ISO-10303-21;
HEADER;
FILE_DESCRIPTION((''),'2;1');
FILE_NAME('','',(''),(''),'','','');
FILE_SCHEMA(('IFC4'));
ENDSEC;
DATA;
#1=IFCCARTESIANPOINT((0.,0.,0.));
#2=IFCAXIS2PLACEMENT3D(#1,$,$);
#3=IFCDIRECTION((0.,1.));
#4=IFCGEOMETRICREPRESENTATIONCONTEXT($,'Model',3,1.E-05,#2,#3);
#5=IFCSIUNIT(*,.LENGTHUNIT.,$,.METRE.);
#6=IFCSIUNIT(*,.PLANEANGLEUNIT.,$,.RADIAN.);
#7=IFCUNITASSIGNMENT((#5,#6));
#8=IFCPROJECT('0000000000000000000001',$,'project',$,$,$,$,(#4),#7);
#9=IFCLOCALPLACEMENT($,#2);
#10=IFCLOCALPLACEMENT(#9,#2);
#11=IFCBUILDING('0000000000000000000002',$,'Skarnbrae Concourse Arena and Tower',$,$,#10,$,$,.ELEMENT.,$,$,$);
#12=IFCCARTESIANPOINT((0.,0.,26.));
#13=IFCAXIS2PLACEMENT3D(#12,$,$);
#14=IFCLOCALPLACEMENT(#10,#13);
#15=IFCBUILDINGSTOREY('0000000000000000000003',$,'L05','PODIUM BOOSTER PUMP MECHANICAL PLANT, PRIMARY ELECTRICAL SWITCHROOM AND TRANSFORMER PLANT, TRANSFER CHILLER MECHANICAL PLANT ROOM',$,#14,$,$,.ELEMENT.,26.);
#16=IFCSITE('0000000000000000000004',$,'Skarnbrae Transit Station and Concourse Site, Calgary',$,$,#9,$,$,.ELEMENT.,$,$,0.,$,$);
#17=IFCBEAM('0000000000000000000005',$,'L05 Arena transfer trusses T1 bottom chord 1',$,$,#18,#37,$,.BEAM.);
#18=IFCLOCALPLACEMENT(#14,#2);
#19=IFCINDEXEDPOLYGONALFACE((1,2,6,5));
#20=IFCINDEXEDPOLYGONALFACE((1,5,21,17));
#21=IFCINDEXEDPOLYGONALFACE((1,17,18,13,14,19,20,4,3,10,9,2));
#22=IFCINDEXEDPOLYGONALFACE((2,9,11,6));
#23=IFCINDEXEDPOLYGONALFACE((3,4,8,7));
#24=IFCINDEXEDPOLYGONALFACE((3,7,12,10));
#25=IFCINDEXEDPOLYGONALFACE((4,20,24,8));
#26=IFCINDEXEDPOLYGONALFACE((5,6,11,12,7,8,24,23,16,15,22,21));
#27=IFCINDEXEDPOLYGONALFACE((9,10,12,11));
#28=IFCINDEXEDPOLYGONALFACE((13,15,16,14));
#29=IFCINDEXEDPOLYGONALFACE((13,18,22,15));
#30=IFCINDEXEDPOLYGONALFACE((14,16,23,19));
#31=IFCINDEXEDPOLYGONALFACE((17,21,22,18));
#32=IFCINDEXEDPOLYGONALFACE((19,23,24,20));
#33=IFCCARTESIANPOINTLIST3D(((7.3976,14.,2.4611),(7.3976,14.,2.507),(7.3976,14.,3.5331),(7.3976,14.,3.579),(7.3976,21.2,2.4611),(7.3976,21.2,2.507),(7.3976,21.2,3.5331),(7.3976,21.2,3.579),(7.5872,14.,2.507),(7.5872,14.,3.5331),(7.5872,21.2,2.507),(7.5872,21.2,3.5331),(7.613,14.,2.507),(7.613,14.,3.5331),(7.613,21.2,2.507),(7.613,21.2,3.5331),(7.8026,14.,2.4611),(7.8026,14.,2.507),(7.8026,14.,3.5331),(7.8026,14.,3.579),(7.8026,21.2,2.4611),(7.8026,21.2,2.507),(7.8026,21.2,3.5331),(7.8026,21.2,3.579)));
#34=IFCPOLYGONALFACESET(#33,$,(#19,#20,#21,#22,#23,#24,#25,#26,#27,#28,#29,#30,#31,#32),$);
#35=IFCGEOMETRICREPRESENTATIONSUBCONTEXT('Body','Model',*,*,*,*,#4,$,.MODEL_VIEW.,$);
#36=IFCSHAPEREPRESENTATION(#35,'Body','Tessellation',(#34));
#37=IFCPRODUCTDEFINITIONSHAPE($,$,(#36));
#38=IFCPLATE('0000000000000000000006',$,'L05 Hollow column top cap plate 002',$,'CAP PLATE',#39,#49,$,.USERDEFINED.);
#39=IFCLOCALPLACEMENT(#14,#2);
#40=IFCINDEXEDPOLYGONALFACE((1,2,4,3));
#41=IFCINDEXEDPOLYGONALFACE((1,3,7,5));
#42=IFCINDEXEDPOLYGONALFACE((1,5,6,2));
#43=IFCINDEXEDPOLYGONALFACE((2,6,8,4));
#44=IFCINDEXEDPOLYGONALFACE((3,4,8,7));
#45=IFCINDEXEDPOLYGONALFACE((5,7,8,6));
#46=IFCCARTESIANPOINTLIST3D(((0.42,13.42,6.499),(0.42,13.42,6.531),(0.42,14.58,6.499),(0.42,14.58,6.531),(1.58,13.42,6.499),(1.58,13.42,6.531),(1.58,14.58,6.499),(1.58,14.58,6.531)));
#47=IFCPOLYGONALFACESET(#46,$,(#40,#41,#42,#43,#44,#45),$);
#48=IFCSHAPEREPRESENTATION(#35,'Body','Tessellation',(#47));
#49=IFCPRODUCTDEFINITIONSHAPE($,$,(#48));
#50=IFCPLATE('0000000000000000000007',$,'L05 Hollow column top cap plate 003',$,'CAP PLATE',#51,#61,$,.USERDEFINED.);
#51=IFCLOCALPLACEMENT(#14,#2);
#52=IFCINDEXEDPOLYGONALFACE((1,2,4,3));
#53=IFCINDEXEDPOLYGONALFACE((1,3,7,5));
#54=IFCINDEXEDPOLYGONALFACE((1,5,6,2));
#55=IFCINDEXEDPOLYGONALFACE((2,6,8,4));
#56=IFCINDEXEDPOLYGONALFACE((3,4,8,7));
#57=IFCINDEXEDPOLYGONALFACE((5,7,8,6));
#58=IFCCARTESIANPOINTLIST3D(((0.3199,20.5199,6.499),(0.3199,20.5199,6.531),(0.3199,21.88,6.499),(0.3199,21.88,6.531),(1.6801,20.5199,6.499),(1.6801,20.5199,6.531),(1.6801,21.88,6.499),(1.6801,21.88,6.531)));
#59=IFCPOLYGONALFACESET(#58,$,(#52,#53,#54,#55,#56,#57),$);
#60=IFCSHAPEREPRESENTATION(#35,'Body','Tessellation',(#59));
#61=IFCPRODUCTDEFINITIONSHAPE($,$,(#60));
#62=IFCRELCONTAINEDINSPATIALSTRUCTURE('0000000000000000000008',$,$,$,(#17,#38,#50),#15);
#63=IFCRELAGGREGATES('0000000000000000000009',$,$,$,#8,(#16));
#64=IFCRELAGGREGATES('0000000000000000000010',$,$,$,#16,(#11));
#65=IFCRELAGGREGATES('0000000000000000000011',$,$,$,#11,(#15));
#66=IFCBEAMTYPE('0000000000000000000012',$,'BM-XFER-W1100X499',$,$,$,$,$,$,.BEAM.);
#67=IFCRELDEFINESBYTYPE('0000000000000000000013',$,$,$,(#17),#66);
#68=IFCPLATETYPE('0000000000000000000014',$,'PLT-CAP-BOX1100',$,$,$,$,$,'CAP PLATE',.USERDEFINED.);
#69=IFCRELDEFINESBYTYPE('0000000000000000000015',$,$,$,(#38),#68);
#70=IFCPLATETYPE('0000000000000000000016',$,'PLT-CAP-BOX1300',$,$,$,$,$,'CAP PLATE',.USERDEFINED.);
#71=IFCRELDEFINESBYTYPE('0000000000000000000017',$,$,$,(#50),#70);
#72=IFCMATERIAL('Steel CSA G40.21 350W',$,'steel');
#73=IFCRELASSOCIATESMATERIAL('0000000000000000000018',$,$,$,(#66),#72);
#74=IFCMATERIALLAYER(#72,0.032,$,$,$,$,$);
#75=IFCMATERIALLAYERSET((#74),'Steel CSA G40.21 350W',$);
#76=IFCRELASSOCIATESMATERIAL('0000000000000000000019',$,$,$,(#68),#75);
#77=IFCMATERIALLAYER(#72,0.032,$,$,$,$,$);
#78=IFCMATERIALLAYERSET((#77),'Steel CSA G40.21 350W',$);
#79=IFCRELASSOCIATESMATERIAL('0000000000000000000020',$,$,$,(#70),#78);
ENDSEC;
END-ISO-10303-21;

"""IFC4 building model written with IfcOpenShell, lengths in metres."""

from ifc_helpers import new_model, si_unit, direction, frame, origin, origin_2d, place, context, subcontext, project, spatial, rectangle, i_section, extrude, source, transform, mapped, material, layer, layer_set, material_profile, profile_set, type_object, element, save


model = new_model("IFC4")

# Units and contexts
model_context = context("Model", 3, precision=1e-05, world=origin(), true_north=direction((0.0, 1.0)))
body_context = subcontext(model_context, "Body", "Model", "MODEL_VIEW")
ifc_project = project(units=[si_unit("LENGTHUNIT", "METRE"), si_unit("PLANEANGLEUNIT", "RADIAN")], contexts=[model_context])

# Site, building, storey
site_placement = place(None, origin())
site = spatial("IfcSite", under=ifc_project, at=site_placement, Name="Skarnbrae Transit Station and Concourse Site, Calgary", CompositionType="ELEMENT", RefElevation=0.0)
building_placement = place(site_placement, origin())
building = spatial("IfcBuilding", under=site, at=building_placement, Name="Skarnbrae Concourse Arena and Tower", CompositionType="ELEMENT")
storey_placement = place(building_placement, frame((0.0, 0.0, 26.0)))
storey = spatial("IfcBuildingStorey", under=building, at=storey_placement, Name="L05", Description="PODIUM BOOSTER PUMP MECHANICAL PLANT, PRIMARY ELECTRICAL SWITCHROOM AND TRANSFORMER PLANT, TRANSFER CHILLER MECHANICAL PLANT ROOM", CompositionType="ELEMENT", Elevation=26.0)

# Shared definitions
ifc_material_1 = material(Name="Steel CSA G40.21 350W", Category="steel")

# Beam
ifc_material_profile_1 = material_profile(ifc_material_1, i_section(OverallWidth=0.405, OverallDepth=1.1179, WebThickness=0.0259, FlangeThickness=0.0459, at=origin_2d()), Name="W1100X499")
ifc_profile_set_1 = profile_set([ifc_material_profile_1], Name="Steel CSA G40.21 350W")
beam_type = type_object("IfcBeamType", Name="BM-XFER-W1100X499", PredefinedType="BEAM", material=ifc_profile_set_1)
shared_shape_1 = source(origin(), body_context, "Body", "SweptSolid", [
    extrude(i_section(OverallWidth=0.405, OverallDepth=1.1179, WebThickness=0.0259, FlangeThickness=0.0459, at=origin_2d()), origin(), (0.0, 0.0, 1.0), 7.2),
])
for number, where, z_axis, x_axis, name in (
    (1, (7.6001, 14.0, 3.02), (0.0, 1.0, 0.0), (-1.0, 0.0, 0.0), "L05 Arena transfer trusses T1 bottom chord 1"),
):
    element("IfcBeam", number, at=place(storey_placement, frame(where, z_axis=z_axis, x_axis=x_axis)), inside=storey, type_object=beam_type, Name=name, PredefinedType="BEAM", context=body_context, shape_type="MappedRepresentation", body=[
        mapped(shared_shape_1, transform((0.0, 0.0, 0.0))),
    ])

# Plates
ifc_layer_1 = layer(ifc_material_1, 0.032)
ifc_layer_set_1 = layer_set([ifc_layer_1], Name="Steel CSA G40.21 350W")
plate_type_1 = type_object("IfcPlateType", Name="PLT-CAP-BOX1100", ElementType="CAP PLATE", PredefinedType="USERDEFINED", material=ifc_layer_set_1)
shared_shape_2 = source(origin(), body_context, "Body", "SweptSolid", [
    extrude(rectangle(XDim=1.1599, YDim=1.1599, at=origin_2d()), origin(), (0.0, 0.0, 1.0), 0.032),
])
plate_1_placement = place(storey_placement, frame((1.0, 14.0, 6.499), z_axis=(0.0, 0.0, 1.0), x_axis=(1.0, 0.0, 0.0)))
element("IfcPlate", 2, at=plate_1_placement, inside=storey, type_object=plate_type_1, Name="L05 Hollow column top cap plate 002", ObjectType="CAP PLATE", PredefinedType="USERDEFINED", context=body_context, shape_type="MappedRepresentation", body=[
    mapped(shared_shape_2, transform((0.0, 0.0, 0.0))),
])
ifc_layer_2 = layer(ifc_material_1, 0.032)
ifc_layer_set_2 = layer_set([ifc_layer_2], Name="Steel CSA G40.21 350W")
plate_type_2 = type_object("IfcPlateType", Name="PLT-CAP-BOX1300", ElementType="CAP PLATE", PredefinedType="USERDEFINED", material=ifc_layer_set_2)
shared_shape_3 = source(origin(), body_context, "Body", "SweptSolid", [
    extrude(rectangle(XDim=1.3601, YDim=1.3601, at=origin_2d()), origin(), (0.0, 0.0, 1.0), 0.032),
])
plate_2_placement = place(storey_placement, frame((1.0, 21.2, 6.499), z_axis=(0.0, 0.0, 1.0), x_axis=(1.0, 0.0, 0.0)))
element("IfcPlate", 3, at=plate_2_placement, inside=storey, type_object=plate_type_2, Name="L05 Hollow column top cap plate 003", ObjectType="CAP PLATE", PredefinedType="USERDEFINED", context=body_context, shape_type="MappedRepresentation", body=[
    mapped(shared_shape_3, transform((0.0, 0.0, 0.0))),
])

save(model, "model.ifc")
